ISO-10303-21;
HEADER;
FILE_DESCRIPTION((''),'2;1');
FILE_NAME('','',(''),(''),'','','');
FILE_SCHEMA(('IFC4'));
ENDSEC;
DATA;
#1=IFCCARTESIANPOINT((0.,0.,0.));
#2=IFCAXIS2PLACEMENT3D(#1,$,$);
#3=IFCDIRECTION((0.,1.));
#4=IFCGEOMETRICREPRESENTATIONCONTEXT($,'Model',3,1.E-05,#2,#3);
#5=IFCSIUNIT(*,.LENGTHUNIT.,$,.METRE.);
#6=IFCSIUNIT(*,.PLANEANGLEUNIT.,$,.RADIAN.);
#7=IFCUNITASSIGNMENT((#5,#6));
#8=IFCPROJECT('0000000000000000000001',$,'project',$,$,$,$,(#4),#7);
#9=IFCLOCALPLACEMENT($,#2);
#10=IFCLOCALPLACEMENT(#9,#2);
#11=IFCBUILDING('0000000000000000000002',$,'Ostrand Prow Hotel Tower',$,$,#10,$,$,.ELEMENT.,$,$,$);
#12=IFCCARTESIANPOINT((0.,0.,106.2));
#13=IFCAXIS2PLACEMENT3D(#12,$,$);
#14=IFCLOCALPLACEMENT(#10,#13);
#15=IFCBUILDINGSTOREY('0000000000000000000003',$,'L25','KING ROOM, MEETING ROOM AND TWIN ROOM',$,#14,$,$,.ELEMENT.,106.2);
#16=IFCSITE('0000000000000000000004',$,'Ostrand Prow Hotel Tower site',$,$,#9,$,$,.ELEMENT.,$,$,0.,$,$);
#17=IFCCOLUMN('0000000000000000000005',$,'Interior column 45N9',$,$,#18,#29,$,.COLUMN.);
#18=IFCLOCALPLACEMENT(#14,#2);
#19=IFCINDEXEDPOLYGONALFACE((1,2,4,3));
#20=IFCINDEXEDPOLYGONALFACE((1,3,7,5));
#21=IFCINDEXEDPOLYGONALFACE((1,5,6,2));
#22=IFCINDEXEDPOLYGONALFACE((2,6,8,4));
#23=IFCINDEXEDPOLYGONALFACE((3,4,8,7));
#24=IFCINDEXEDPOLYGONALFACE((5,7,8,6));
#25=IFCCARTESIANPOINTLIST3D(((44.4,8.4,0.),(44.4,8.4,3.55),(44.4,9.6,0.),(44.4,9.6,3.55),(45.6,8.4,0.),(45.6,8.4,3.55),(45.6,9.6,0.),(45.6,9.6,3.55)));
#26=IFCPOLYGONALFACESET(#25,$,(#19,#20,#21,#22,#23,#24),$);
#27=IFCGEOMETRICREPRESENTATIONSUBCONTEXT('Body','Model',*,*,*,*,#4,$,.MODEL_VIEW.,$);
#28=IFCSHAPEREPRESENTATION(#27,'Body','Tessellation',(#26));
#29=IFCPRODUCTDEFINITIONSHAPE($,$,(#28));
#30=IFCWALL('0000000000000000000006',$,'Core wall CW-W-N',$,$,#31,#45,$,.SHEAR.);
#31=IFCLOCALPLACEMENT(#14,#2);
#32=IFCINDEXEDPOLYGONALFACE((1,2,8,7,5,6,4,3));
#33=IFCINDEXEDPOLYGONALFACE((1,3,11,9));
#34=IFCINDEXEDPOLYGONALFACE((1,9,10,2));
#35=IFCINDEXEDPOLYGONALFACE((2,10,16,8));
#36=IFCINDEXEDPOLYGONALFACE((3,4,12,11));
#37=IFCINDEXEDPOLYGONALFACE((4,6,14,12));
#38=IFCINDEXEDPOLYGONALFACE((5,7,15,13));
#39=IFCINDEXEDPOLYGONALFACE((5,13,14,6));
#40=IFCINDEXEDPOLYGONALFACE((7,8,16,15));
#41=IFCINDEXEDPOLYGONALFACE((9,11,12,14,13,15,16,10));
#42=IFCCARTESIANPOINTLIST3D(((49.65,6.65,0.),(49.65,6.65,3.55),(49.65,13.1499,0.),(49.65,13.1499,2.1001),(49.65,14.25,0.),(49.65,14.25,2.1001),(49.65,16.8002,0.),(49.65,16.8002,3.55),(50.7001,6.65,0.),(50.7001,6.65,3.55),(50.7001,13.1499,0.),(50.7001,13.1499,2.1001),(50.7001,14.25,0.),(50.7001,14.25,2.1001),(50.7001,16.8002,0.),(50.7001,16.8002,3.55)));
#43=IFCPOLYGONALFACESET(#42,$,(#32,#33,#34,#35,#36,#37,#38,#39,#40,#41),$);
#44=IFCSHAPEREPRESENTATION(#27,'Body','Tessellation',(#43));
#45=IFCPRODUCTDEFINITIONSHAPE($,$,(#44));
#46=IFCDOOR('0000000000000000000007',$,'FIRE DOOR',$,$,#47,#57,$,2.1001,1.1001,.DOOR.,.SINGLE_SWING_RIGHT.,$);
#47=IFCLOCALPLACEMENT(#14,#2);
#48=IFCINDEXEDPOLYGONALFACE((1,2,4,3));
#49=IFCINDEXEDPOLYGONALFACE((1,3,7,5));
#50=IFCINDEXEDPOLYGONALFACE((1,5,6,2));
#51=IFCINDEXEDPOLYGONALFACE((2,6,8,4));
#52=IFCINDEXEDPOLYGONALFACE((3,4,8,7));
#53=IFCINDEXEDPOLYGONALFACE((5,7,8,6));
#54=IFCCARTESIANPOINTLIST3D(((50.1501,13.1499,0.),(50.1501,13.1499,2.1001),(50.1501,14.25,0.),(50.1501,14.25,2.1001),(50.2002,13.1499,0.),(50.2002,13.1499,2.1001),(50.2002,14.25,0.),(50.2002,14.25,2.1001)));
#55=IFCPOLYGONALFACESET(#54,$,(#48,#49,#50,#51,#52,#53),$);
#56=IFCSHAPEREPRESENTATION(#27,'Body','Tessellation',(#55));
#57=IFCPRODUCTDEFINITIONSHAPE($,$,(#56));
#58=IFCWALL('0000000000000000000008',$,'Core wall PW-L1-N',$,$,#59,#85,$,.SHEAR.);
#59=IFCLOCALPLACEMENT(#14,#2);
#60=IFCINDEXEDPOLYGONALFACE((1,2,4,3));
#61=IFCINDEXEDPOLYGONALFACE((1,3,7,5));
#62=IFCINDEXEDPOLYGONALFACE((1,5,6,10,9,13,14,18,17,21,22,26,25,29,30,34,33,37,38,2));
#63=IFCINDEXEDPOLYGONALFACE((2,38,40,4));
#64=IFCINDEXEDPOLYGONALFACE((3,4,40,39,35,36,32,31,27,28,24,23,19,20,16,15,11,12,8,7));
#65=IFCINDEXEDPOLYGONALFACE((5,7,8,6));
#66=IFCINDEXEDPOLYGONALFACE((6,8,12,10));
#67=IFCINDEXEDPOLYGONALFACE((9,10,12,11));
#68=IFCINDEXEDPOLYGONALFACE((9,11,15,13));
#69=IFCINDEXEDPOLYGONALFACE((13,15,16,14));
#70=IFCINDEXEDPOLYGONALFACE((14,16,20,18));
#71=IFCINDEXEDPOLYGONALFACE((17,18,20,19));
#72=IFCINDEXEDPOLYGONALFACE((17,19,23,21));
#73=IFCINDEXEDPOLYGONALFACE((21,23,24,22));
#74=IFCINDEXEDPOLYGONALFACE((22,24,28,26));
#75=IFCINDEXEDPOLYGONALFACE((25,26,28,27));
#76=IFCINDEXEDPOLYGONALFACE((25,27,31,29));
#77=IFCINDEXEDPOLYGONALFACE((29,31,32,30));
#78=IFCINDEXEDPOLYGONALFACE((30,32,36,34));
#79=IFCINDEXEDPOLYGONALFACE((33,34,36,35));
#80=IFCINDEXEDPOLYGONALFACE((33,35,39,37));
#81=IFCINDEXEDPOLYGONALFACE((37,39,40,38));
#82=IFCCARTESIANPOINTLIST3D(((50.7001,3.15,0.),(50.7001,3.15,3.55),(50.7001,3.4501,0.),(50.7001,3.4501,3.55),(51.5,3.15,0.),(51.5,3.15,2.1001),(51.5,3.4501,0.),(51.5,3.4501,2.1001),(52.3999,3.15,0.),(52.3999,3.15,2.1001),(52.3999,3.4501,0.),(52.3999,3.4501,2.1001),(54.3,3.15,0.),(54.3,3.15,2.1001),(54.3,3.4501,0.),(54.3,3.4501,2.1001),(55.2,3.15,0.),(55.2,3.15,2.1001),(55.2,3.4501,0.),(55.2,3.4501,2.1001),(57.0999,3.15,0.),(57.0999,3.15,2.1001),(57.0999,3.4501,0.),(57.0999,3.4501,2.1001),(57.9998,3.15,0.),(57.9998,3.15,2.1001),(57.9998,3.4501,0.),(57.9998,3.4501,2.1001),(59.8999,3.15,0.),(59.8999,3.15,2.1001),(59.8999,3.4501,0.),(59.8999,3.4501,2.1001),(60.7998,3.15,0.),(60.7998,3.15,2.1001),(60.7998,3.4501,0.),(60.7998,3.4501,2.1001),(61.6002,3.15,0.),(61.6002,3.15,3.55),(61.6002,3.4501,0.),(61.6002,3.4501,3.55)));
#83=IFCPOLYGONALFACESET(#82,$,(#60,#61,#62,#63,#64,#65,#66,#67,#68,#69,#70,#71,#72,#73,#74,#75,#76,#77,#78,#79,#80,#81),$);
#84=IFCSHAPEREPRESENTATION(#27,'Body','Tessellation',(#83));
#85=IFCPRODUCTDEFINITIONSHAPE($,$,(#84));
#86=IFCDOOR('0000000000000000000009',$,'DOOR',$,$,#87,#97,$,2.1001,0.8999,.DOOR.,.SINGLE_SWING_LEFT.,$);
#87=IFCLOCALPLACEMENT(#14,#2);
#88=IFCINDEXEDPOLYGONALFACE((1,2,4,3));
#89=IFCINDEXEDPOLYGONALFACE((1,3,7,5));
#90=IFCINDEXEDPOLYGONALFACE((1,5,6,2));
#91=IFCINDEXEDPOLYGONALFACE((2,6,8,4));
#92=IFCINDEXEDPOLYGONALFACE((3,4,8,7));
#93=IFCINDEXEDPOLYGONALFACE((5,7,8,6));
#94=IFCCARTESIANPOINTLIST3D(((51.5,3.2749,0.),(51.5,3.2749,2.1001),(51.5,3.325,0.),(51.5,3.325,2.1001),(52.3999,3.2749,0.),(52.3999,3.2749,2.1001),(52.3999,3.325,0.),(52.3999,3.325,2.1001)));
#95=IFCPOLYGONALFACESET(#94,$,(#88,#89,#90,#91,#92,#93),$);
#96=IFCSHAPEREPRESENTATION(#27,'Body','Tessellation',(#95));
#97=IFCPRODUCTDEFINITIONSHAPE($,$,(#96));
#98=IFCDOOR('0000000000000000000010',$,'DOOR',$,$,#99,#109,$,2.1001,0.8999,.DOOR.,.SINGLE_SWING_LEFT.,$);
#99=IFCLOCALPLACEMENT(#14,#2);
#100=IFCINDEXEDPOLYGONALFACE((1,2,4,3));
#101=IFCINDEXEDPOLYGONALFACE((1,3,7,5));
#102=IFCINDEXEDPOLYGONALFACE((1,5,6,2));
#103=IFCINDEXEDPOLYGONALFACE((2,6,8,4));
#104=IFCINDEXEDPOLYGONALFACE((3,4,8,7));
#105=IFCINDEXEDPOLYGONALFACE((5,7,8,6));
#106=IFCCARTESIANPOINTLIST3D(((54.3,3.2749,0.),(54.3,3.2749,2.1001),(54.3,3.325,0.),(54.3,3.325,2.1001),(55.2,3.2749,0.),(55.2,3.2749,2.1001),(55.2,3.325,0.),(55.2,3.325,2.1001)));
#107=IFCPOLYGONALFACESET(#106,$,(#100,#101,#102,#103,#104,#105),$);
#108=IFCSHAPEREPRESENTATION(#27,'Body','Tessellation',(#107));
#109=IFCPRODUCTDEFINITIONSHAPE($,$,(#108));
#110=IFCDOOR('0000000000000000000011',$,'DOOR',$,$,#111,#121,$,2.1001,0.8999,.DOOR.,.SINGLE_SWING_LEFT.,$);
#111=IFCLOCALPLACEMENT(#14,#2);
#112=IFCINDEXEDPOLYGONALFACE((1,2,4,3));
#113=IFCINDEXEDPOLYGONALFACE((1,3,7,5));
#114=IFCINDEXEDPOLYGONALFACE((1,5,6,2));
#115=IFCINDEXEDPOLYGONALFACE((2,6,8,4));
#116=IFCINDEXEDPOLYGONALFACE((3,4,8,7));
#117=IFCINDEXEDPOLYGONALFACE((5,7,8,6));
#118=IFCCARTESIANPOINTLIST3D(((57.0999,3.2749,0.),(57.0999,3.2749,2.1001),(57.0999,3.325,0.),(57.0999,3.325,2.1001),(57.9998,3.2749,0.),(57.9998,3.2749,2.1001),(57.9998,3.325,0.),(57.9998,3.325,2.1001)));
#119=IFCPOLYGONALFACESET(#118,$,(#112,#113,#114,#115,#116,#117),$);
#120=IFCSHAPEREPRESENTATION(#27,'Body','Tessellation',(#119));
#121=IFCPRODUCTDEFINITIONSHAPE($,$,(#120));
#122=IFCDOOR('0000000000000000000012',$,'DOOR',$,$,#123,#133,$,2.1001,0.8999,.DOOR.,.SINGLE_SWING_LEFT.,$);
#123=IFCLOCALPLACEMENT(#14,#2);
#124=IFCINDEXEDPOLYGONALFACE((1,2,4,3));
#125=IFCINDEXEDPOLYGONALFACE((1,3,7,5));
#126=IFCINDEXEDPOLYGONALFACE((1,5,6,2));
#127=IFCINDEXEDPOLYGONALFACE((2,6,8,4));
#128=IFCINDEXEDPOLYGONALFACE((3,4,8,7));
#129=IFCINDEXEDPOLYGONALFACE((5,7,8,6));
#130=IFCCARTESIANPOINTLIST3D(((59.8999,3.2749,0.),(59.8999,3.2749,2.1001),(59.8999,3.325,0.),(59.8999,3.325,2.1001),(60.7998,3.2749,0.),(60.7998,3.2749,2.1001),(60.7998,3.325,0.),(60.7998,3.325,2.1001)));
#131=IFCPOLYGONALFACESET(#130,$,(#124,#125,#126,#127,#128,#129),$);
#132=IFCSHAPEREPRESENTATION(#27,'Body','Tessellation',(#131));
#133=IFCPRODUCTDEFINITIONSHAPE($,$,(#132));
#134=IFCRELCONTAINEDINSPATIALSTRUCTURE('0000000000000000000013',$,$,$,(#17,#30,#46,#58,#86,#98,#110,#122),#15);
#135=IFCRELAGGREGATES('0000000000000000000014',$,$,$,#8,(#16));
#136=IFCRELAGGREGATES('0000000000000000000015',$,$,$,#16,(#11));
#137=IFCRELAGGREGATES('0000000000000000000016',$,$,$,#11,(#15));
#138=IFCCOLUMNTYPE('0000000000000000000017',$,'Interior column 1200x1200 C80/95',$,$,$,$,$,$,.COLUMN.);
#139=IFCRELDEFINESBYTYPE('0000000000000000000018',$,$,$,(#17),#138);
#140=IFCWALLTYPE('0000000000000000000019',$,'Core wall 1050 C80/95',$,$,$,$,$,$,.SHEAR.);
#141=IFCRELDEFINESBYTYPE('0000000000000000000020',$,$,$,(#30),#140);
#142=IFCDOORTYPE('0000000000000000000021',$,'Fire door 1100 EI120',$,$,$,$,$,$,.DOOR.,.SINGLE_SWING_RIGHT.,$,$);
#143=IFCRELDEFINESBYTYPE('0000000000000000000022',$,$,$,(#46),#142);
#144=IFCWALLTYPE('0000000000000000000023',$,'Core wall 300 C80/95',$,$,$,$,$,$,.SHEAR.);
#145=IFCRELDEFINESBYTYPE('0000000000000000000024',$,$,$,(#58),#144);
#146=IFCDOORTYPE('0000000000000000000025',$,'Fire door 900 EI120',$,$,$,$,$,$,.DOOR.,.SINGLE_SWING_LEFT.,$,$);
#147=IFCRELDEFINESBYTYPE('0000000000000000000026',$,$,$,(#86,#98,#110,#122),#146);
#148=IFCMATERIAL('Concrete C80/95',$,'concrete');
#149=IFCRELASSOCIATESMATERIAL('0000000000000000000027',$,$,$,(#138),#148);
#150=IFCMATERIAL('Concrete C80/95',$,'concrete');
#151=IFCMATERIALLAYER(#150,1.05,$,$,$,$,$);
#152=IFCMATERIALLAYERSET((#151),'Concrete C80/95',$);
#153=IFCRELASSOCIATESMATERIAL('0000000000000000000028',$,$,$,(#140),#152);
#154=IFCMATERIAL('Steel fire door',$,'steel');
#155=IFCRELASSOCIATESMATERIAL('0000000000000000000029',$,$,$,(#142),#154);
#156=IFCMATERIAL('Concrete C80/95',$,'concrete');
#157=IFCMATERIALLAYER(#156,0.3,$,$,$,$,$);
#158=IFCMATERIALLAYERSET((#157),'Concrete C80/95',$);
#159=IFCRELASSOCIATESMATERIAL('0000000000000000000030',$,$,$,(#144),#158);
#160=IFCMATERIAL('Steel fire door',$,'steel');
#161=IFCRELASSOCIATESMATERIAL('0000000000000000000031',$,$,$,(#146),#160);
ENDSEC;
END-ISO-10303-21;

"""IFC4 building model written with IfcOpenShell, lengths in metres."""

from ifc_helpers import new_model, si_unit, direction, frame, frame_2d, origin, origin_2d, place, context, subcontext, project, spatial, rectangle, extrude, material, layer, layer_set, material_profile, profile_set, type_object, element, fill, save


model = new_model("IFC4")

# Units and contexts
model_context = context("Model", 3, precision=1e-05, world=origin(), true_north=direction((0.0, 1.0)))
body_context = subcontext(model_context, "Body", "Model", "MODEL_VIEW")
ifc_project = project(units=[si_unit("LENGTHUNIT", "METRE"), si_unit("PLANEANGLEUNIT", "RADIAN")], contexts=[model_context])

# Site, building, storey
site_placement = place(None, origin())
site = spatial("IfcSite", under=ifc_project, at=site_placement, Name="Ostrand Prow Hotel Tower site", CompositionType="ELEMENT", RefElevation=0.0)
building_placement = place(site_placement, origin())
building = spatial("IfcBuilding", under=site, at=building_placement, Name="Ostrand Prow Hotel Tower", CompositionType="ELEMENT")
storey_placement = place(building_placement, frame((0.0, 0.0, 106.2)))
storey = spatial("IfcBuildingStorey", under=building, at=storey_placement, Name="L25", Description="KING ROOM, MEETING ROOM AND TWIN ROOM", CompositionType="ELEMENT", Elevation=106.2)

# Column
ifc_material_1 = material(Name="Concrete C80/95", Category="concrete")
ifc_material_profile = material_profile(ifc_material_1, rectangle(XDim=1.2, YDim=1.2, at=origin_2d()), Name="RC 1200x1200")
ifc_profile_set = profile_set([ifc_material_profile], Name="Concrete C80/95")
column_type = type_object("IfcColumnType", Name="Interior column 1200x1200 C80/95", PredefinedType="COLUMN", material=ifc_profile_set)
column_placement = place(storey_placement, frame((45.0, 9.0, 0.0), z_axis=(0.0, 0.0, 1.0), x_axis=(1.0, 0.0, 0.0)))
element("IfcColumn", 1, at=column_placement, inside=storey, type_object=column_type, Name="Interior column 45N9", PredefinedType="COLUMN", context=body_context, shape_type="SweptSolid", body=[
    extrude(rectangle(XDim=1.2, YDim=1.2, at=origin_2d()), origin(), (0.0, 0.0, 1.0), 3.55),
])

# Wall, opening, door
ifc_material_2 = material(Name="Concrete C80/95", Category="concrete")
ifc_layer_1 = layer(ifc_material_2, 1.05)
ifc_layer_set_1 = layer_set([ifc_layer_1], Name="Concrete C80/95")
wall_type_1 = type_object("IfcWallType", Name="Core wall 1050 C80/95", PredefinedType="SHEAR", material=ifc_layer_set_1)
wall_1_placement = place(storey_placement, frame((50.175, 6.6499, 0.0), z_axis=(0.0, 0.0, 1.0), x_axis=(0.0, 1.0, 0.0)))
wall_1 = element("IfcWall", 2, at=wall_1_placement, inside=storey, type_object=wall_type_1, Name="Core wall CW-W-N", PredefinedType="SHEAR", context=body_context, shape_type="SweptSolid", body=[
    extrude(rectangle(XDim=10.1501, YDim=1.05, at=frame_2d((5.0752, 0.0))), origin(), (0.0, 0.0, 1.0), 3.55),
])
opening_1_placement = place(wall_1_placement, frame((6.5, 0.0, 0.0)))
opening_1 = element("IfcOpeningElement", 3, at=opening_1_placement, cuts=wall_1, PredefinedType="OPENING", context=body_context, shape_type="SweptSolid", body=[
    extrude(rectangle(XDim=1.1001, YDim=2.1001, at=frame_2d((0.55, 1.05))), frame((0.0, 0.5349, 0.0), z_axis=(0.0, -1.0, 0.0), x_axis=(1.0, 0.0, 0.0)), (0.0, 0.0, 1.0), 1.0701),
])
ifc_material_3 = material(Name="Steel fire door", Category="steel")
door_type_1 = type_object("IfcDoorType", Name="Fire door 1100 EI120", OperationType="SINGLE_SWING_RIGHT", PredefinedType="DOOR", material=ifc_material_3)
door_1_placement = place(opening_1_placement, origin())
door_1 = element("IfcDoor", 4, at=door_1_placement, inside=storey, type_object=door_type_1, Name="FIRE DOOR", OperationType="SINGLE_SWING_RIGHT", OverallHeight=2.1001, OverallWidth=1.1001, PredefinedType="DOOR", context=body_context, shape_type="SweptSolid", body=[
    extrude(rectangle(XDim=1.1001, YDim=2.1001, at=frame_2d((0.55, 1.05))), frame((0.0, 0.0249, 0.0), z_axis=(0.0, -1.0, 0.0), x_axis=(1.0, 0.0, 0.0)), (0.0, 0.0, 1.0), 0.05),
])
fill(opening_1, door_1)

# Wall, openings, doors
ifc_material_4 = material(Name="Concrete C80/95", Category="concrete")
ifc_layer_2 = layer(ifc_material_4, 0.3)
ifc_layer_set_2 = layer_set([ifc_layer_2], Name="Concrete C80/95")
wall_type_2 = type_object("IfcWallType", Name="Core wall 300 C80/95", PredefinedType="SHEAR", material=ifc_layer_set_2)
wall_2_placement = place(storey_placement, frame((50.7, 3.3, 0.0), z_axis=(0.0, 0.0, 1.0), x_axis=(1.0, 0.0, 0.0)))
wall_2 = element("IfcWall", 5, at=wall_2_placement, inside=storey, type_object=wall_type_2, Name="Core wall PW-L1-N", PredefinedType="SHEAR", context=body_context, shape_type="SweptSolid", body=[
    extrude(rectangle(XDim=10.9001, YDim=0.3, at=frame_2d((5.4502, 0.0))), origin(), (0.0, 0.0, 1.0), 3.55),
])
opening_2_placement = place(wall_2_placement, frame((0.8, 0.0, 0.0)))
opening_2 = element("IfcOpeningElement", 6, at=opening_2_placement, cuts=wall_2, PredefinedType="OPENING", context=body_context, shape_type="SweptSolid", body=[
    extrude(rectangle(XDim=0.8999, YDim=2.1001, at=frame_2d((0.45, 1.05))), frame((0.0, 0.1599, 0.0), z_axis=(0.0, -1.0, 0.0), x_axis=(1.0, 0.0, 0.0)), (0.0, 0.0, 1.0), 0.3201),
])
opening_3_placement = place(wall_2_placement, frame((3.6001, 0.0, 0.0)))
opening_3 = element("IfcOpeningElement", 7, at=opening_3_placement, cuts=wall_2, PredefinedType="OPENING", context=body_context, shape_type="SweptSolid", body=[
    extrude(rectangle(XDim=0.8999, YDim=2.1001, at=frame_2d((0.45, 1.05))), frame((0.0, 0.1599, 0.0), z_axis=(0.0, -1.0, 0.0), x_axis=(1.0, 0.0, 0.0)), (0.0, 0.0, 1.0), 0.3201),
])
opening_4_placement = place(wall_2_placement, frame((6.3999, 0.0, 0.0)))
opening_4 = element("IfcOpeningElement", 8, at=opening_4_placement, cuts=wall_2, PredefinedType="OPENING", context=body_context, shape_type="SweptSolid", body=[
    extrude(rectangle(XDim=0.8999, YDim=2.1001, at=frame_2d((0.45, 1.05))), frame((0.0, 0.1599, 0.0), z_axis=(0.0, -1.0, 0.0), x_axis=(1.0, 0.0, 0.0)), (0.0, 0.0, 1.0), 0.3201),
])
opening_5_placement = place(wall_2_placement, frame((9.2, 0.0, 0.0)))
opening_5 = element("IfcOpeningElement", 9, at=opening_5_placement, cuts=wall_2, PredefinedType="OPENING", context=body_context, shape_type="SweptSolid", body=[
    extrude(rectangle(XDim=0.8999, YDim=2.1001, at=frame_2d((0.45, 1.05))), frame((0.0, 0.1599, 0.0), z_axis=(0.0, -1.0, 0.0), x_axis=(1.0, 0.0, 0.0)), (0.0, 0.0, 1.0), 0.3201),
])
ifc_material_5 = material(Name="Steel fire door", Category="steel")
door_type_2 = type_object("IfcDoorType", Name="Fire door 900 EI120", OperationType="SINGLE_SWING_LEFT", PredefinedType="DOOR", material=ifc_material_5)
door_2_placement = place(opening_2_placement, origin())
door_2 = element("IfcDoor", 10, at=door_2_placement, inside=storey, type_object=door_type_2, Name="DOOR", OperationType="SINGLE_SWING_LEFT", OverallHeight=2.1001, OverallWidth=0.8999, PredefinedType="DOOR", context=body_context, shape_type="SweptSolid", body=[
    extrude(rectangle(XDim=0.8999, YDim=2.1001, at=frame_2d((0.45, 1.05))), frame((0.0, 0.0249, 0.0), z_axis=(0.0, -1.0, 0.0), x_axis=(1.0, 0.0, 0.0)), (0.0, 0.0, 1.0), 0.05),
])
fill(opening_2, door_2)
door_3_placement = place(opening_3_placement, origin())
door_3 = element("IfcDoor", 11, at=door_3_placement, inside=storey, type_object=door_type_2, Name="DOOR", OperationType="SINGLE_SWING_LEFT", OverallHeight=2.1001, OverallWidth=0.8999, PredefinedType="DOOR", context=body_context, shape_type="SweptSolid", body=[
    extrude(rectangle(XDim=0.8999, YDim=2.1001, at=frame_2d((0.45, 1.05))), frame((0.0, 0.0249, 0.0), z_axis=(0.0, -1.0, 0.0), x_axis=(1.0, 0.0, 0.0)), (0.0, 0.0, 1.0), 0.05),
])
fill(opening_3, door_3)
door_4_placement = place(opening_4_placement, origin())
door_4 = element("IfcDoor", 12, at=door_4_placement, inside=storey, type_object=door_type_2, Name="DOOR", OperationType="SINGLE_SWING_LEFT", OverallHeight=2.1001, OverallWidth=0.8999, PredefinedType="DOOR", context=body_context, shape_type="SweptSolid", body=[
    extrude(rectangle(XDim=0.8999, YDim=2.1001, at=frame_2d((0.45, 1.05))), frame((0.0, 0.0249, 0.0), z_axis=(0.0, -1.0, 0.0), x_axis=(1.0, 0.0, 0.0)), (0.0, 0.0, 1.0), 0.05),
])
fill(opening_4, door_4)
door_5_placement = place(opening_5_placement, origin())
door_5 = element("IfcDoor", 13, at=door_5_placement, inside=storey, type_object=door_type_2, Name="DOOR", OperationType="SINGLE_SWING_LEFT", OverallHeight=2.1001, OverallWidth=0.8999, PredefinedType="DOOR", context=body_context, shape_type="SweptSolid", body=[
    extrude(rectangle(XDim=0.8999, YDim=2.1001, at=frame_2d((0.45, 1.05))), frame((0.0, 0.0249, 0.0), z_axis=(0.0, -1.0, 0.0), x_axis=(1.0, 0.0, 0.0)), (0.0, 0.0, 1.0), 0.05),
])
fill(opening_5, door_5)

save(model, "model.ifc")
